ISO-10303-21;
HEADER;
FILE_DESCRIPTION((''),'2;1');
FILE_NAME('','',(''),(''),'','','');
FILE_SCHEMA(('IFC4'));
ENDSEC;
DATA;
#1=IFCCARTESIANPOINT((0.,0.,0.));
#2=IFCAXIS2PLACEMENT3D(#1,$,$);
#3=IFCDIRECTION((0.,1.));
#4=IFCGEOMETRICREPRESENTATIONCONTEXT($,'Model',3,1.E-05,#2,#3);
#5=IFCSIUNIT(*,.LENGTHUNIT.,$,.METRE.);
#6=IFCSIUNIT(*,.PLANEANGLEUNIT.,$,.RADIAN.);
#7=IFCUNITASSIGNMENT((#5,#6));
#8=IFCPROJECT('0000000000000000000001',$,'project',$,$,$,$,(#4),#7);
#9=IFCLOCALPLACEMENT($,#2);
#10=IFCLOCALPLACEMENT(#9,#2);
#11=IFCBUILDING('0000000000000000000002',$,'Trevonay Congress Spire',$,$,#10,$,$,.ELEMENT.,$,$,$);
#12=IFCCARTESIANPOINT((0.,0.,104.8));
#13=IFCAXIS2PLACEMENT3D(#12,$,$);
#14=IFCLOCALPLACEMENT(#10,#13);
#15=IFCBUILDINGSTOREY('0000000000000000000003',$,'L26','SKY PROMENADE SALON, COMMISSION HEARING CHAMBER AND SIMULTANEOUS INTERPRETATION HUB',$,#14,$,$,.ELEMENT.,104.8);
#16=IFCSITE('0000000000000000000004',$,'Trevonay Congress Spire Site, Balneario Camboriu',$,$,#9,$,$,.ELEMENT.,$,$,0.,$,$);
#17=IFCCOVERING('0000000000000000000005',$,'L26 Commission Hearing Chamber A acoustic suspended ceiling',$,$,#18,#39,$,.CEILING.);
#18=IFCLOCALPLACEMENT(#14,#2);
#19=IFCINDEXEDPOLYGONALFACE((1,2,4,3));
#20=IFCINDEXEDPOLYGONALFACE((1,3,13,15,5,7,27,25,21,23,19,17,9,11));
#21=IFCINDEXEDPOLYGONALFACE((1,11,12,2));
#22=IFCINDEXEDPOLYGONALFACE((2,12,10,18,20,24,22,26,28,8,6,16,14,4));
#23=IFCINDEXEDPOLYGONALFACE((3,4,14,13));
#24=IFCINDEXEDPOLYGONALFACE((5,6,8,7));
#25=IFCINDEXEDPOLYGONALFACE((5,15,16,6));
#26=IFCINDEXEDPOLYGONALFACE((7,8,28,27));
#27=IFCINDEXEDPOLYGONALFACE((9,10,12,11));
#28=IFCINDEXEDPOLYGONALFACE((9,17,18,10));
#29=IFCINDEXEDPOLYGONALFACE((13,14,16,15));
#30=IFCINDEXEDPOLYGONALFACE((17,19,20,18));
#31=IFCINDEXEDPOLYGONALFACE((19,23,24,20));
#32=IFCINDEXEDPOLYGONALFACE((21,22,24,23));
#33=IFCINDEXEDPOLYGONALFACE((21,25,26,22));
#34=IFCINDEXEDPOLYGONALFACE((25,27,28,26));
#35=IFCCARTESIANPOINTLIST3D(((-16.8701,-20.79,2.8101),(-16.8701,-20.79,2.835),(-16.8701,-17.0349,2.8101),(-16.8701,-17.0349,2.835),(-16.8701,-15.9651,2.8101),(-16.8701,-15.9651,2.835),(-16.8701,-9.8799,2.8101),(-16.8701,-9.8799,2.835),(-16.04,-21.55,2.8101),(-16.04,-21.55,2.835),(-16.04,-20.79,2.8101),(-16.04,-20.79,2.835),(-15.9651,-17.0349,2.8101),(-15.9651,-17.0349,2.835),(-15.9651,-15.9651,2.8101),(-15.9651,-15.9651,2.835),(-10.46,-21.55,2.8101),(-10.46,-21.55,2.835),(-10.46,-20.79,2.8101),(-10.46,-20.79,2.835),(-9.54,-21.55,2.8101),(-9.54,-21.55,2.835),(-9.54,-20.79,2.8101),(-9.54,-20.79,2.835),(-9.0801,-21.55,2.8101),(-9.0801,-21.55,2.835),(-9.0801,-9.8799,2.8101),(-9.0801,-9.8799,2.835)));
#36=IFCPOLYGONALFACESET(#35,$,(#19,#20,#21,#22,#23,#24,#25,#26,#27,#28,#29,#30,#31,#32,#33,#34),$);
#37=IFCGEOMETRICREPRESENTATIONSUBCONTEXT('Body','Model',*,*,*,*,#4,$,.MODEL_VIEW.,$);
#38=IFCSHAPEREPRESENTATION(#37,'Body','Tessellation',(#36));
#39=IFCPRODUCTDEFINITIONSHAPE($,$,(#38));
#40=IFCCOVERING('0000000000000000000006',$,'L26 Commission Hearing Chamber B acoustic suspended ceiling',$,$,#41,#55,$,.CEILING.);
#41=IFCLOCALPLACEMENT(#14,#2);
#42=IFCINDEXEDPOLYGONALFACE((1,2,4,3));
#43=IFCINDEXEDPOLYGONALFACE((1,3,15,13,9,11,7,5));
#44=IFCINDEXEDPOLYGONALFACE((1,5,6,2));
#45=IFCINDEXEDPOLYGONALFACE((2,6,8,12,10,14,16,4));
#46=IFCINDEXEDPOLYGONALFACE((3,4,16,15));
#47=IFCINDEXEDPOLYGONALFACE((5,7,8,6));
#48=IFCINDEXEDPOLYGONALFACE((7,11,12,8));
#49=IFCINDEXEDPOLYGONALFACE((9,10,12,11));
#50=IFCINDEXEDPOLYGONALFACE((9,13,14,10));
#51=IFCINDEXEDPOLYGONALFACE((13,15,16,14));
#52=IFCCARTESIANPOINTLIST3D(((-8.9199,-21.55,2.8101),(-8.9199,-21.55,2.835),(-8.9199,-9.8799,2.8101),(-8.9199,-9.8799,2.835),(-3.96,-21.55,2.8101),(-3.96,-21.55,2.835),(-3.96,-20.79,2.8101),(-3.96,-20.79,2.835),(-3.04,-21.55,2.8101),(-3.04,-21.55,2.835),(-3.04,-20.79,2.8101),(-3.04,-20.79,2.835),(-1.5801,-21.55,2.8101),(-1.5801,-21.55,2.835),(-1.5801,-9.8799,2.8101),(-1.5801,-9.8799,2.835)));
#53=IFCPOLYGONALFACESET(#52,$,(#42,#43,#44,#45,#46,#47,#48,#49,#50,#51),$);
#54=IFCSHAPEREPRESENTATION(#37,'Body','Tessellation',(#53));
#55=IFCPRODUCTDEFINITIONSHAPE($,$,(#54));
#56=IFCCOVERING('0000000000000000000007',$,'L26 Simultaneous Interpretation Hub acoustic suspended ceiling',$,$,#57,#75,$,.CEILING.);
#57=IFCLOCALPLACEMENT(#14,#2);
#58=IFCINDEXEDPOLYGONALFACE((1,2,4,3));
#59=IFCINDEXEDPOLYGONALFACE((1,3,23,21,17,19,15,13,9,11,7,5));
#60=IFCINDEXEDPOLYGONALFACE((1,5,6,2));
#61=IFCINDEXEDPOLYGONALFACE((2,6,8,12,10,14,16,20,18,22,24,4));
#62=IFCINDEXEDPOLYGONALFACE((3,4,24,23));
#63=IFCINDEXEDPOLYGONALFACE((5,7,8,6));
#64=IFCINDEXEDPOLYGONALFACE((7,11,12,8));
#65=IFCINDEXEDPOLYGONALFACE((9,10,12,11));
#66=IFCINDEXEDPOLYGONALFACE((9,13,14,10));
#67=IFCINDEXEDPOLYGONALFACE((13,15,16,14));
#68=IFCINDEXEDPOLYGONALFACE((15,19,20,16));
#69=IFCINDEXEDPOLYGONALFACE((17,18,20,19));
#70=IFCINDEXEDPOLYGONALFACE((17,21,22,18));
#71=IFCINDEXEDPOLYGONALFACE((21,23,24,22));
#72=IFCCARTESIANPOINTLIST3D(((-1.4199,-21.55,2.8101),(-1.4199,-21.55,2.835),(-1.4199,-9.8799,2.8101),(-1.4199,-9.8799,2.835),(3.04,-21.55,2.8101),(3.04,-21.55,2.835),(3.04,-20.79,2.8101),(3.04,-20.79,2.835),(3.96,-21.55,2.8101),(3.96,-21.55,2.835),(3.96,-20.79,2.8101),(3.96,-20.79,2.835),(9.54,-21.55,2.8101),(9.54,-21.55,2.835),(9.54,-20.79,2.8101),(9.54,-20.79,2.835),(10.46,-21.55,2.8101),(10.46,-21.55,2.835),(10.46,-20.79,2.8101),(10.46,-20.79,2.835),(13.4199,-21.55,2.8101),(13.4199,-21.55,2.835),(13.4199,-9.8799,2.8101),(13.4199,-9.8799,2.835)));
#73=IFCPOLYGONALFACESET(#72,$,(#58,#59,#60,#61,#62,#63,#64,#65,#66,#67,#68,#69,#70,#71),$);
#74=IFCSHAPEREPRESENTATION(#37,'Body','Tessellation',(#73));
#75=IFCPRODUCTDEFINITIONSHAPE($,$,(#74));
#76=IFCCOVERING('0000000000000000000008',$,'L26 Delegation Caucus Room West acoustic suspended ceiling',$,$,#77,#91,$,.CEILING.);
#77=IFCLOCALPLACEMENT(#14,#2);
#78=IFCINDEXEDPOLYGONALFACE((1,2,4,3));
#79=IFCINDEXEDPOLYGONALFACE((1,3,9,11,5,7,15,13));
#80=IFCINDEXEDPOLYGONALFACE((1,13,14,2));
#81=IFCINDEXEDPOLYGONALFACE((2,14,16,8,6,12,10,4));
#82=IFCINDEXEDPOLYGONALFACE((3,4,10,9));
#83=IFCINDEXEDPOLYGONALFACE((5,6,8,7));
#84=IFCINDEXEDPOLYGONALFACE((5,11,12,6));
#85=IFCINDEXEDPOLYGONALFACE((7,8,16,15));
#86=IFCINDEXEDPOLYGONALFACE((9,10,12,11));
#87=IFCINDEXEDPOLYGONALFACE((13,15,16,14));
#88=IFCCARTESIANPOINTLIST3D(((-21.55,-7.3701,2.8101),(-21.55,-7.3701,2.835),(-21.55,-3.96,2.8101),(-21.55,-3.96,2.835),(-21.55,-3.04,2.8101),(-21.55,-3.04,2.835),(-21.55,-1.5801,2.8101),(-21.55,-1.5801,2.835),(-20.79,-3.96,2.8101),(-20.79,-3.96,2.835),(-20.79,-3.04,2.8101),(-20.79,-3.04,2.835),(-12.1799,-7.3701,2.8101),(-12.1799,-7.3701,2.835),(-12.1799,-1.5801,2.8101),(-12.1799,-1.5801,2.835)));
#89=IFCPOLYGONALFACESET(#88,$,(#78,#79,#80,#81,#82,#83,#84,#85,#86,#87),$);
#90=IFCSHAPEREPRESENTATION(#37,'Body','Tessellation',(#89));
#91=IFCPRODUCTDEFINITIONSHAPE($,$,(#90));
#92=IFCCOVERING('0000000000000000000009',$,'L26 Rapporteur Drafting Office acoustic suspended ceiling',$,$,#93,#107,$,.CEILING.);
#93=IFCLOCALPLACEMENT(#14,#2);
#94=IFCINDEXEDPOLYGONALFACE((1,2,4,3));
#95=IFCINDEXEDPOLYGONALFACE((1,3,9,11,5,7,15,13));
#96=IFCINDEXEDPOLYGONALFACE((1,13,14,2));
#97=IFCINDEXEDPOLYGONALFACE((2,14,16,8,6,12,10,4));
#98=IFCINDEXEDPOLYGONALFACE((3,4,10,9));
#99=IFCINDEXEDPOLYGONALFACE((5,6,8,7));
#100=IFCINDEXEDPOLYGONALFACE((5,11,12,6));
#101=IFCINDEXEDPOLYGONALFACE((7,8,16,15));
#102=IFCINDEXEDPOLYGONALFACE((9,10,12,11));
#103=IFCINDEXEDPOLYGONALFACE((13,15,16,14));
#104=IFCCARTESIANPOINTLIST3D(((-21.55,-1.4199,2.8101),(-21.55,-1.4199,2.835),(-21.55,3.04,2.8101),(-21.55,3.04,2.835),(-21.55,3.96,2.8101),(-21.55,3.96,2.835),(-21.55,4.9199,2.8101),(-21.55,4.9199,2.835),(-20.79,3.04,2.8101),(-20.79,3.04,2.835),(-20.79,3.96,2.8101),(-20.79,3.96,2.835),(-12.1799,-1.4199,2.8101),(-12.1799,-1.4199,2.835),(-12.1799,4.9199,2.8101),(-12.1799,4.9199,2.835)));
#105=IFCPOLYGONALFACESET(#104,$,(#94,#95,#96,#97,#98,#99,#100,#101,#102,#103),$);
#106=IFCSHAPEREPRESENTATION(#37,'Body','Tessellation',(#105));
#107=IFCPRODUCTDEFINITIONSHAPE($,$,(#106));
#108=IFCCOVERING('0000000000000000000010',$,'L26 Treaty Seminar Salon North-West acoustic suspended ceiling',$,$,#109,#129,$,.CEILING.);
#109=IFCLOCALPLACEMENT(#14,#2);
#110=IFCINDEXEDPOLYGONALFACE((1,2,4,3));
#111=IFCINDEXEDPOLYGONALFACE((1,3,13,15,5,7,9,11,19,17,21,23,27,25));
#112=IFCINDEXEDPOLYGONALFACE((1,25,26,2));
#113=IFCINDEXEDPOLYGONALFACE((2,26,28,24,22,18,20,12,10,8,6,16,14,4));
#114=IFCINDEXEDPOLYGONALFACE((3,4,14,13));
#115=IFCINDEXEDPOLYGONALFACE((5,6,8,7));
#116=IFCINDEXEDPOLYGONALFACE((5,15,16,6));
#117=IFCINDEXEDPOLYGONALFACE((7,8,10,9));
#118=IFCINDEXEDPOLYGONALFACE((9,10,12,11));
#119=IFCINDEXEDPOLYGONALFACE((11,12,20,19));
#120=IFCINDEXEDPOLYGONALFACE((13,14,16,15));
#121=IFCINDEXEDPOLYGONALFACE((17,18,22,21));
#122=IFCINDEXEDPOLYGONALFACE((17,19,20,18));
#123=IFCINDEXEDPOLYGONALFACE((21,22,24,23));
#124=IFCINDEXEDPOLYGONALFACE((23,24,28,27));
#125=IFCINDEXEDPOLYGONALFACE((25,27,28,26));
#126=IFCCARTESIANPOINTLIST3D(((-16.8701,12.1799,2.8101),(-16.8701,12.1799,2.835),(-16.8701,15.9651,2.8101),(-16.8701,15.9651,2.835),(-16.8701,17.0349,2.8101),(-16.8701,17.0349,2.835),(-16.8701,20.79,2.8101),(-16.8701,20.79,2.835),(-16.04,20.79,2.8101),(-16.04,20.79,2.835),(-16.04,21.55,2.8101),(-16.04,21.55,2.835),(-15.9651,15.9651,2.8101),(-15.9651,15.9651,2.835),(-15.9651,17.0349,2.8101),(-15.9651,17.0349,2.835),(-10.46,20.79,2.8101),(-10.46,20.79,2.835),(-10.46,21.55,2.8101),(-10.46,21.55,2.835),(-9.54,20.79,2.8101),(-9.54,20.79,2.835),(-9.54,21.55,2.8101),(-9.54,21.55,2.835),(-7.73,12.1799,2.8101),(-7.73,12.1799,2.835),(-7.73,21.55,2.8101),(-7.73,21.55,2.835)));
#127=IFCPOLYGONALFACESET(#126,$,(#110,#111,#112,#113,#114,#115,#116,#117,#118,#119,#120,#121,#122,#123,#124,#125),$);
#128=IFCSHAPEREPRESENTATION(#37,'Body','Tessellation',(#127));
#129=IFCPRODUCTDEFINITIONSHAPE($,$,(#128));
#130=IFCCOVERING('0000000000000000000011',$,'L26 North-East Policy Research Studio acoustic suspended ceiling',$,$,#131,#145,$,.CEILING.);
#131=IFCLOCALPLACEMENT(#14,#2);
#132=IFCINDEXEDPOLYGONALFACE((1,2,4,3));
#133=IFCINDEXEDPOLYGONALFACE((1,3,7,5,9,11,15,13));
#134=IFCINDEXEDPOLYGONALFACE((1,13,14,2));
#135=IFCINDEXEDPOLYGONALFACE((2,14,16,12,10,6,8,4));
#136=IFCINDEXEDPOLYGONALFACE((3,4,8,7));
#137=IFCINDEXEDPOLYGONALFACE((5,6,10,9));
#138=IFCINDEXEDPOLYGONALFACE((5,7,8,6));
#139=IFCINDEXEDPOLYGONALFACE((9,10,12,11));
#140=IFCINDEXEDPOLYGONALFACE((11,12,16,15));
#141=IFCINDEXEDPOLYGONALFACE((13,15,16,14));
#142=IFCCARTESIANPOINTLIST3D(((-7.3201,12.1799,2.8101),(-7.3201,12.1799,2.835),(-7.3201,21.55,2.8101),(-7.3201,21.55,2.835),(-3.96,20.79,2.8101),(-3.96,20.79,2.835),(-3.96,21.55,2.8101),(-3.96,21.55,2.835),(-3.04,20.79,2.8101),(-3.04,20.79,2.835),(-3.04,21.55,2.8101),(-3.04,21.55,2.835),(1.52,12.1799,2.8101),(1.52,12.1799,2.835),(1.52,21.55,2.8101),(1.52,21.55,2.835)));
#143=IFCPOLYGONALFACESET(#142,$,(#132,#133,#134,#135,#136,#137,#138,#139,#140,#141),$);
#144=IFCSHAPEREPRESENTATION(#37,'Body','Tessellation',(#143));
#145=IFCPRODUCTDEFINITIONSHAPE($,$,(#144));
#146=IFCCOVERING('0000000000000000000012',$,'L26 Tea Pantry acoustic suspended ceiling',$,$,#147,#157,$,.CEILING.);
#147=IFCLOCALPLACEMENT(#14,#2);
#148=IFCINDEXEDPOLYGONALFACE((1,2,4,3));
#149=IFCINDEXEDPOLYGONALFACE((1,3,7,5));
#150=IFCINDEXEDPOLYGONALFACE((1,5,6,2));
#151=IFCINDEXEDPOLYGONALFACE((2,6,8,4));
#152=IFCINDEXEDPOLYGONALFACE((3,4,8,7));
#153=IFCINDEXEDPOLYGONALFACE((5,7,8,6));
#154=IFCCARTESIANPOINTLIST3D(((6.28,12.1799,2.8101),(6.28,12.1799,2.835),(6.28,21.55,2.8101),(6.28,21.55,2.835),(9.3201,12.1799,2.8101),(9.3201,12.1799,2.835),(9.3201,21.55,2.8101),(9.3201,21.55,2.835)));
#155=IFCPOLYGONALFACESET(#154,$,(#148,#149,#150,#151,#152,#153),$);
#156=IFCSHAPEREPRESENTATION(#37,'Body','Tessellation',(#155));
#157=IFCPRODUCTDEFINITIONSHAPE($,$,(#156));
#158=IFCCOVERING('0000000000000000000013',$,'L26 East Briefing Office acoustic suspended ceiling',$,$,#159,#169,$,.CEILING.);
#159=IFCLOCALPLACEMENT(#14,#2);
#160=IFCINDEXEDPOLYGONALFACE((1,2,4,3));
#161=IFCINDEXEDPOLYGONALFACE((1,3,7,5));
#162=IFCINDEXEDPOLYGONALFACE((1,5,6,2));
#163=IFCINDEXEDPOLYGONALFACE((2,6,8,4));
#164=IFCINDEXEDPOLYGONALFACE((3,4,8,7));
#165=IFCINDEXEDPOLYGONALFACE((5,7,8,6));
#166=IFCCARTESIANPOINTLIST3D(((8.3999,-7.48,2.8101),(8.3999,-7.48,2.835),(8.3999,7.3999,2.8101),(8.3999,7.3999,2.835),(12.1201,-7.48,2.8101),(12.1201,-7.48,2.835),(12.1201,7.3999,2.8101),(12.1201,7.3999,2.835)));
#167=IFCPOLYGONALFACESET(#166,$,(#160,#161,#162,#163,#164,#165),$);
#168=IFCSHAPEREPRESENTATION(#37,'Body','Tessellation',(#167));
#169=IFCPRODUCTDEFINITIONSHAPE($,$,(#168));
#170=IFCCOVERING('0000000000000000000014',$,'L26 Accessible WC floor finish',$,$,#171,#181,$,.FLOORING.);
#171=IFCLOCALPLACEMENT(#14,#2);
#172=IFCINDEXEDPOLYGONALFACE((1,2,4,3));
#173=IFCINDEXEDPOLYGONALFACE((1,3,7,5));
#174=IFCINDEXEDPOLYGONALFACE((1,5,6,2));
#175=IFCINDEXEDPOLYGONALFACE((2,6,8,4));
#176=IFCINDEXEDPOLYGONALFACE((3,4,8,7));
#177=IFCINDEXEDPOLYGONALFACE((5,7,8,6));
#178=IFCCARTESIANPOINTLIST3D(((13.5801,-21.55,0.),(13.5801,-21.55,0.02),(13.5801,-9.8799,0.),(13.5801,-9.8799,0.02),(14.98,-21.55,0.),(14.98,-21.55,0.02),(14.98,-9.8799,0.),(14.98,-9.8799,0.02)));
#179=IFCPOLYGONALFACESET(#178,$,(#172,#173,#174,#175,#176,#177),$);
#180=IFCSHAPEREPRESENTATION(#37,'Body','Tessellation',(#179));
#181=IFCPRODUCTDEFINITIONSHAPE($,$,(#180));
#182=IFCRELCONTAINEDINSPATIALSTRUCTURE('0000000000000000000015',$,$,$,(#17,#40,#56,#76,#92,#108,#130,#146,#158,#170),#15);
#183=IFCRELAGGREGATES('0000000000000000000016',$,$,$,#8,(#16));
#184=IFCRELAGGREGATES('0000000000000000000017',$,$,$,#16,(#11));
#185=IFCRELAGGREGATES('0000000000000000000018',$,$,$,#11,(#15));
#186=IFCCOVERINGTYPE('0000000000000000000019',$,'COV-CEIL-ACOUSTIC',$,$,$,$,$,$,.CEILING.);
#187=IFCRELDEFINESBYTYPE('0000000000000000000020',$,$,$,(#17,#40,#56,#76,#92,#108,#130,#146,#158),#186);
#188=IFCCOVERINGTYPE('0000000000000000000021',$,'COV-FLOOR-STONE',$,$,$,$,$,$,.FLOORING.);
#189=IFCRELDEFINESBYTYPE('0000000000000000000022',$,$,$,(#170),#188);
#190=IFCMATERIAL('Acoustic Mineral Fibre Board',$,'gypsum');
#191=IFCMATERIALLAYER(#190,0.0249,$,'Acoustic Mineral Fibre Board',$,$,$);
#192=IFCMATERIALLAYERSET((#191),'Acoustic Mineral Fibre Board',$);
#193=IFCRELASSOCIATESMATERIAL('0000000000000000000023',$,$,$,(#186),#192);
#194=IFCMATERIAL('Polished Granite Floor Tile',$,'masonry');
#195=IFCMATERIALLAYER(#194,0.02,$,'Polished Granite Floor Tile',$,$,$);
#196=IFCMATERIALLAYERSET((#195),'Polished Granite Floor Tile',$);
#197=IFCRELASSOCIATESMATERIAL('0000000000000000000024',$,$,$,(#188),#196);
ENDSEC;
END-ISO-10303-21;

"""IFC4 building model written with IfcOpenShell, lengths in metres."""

from ifc_helpers import new_model, si_unit, direction, frame, origin, place, context, subcontext, project, spatial, polyline, outline, extrude, material, layer, layer_set, type_object, element, save


model = new_model("IFC4")

# Units and contexts
model_context = context("Model", 3, precision=1e-05, world=origin(), true_north=direction((0.0, 1.0)))
body_context = subcontext(model_context, "Body", "Model", "MODEL_VIEW")
ifc_project = project(units=[si_unit("LENGTHUNIT", "METRE"), si_unit("PLANEANGLEUNIT", "RADIAN")], contexts=[model_context])

# Site, building, storey
site_placement = place(None, origin())
site = spatial("IfcSite", under=ifc_project, at=site_placement, Name="Trevonay Congress Spire Site, Balneario Camboriu", CompositionType="ELEMENT", RefElevation=0.0)
building_placement = place(site_placement, origin())
building = spatial("IfcBuilding", under=site, at=building_placement, Name="Trevonay Congress Spire", CompositionType="ELEMENT")
storey_placement = place(building_placement, frame((0.0, 0.0, 104.8)))
storey = spatial("IfcBuildingStorey", under=building, at=storey_placement, Name="L26", Description="SKY PROMENADE SALON, COMMISSION HEARING CHAMBER AND SIMULTANEOUS INTERPRETATION HUB", CompositionType="ELEMENT", Elevation=104.8)

# Coverings
ifc_material_1 = material(Name="Acoustic Mineral Fibre Board", Category="gypsum")
ifc_layer_1 = layer(ifc_material_1, 0.0249, Name="Acoustic Mineral Fibre Board")
ifc_layer_set_1 = layer_set([ifc_layer_1], Name="Acoustic Mineral Fibre Board")
covering_type_1 = type_object("IfcCoveringType", Name="COV-CEIL-ACOUSTIC", PredefinedType="CEILING", material=ifc_layer_set_1)
covering_1_placement = place(storey_placement, frame((0.0, 0.0, 2.8101)))
element("IfcCovering", 1, at=covering_1_placement, inside=storey, type_object=covering_type_1, Name="L26 Commission Hearing Chamber A acoustic suspended ceiling", PredefinedType="CEILING", context=body_context, shape_type="SweptSolid", body=[
    extrude(outline(polyline([(-16.04, -21.55), (-16.04, -20.79), (-16.8701, -20.79), (-16.8701, -17.0349), (-15.9651, -17.0349), (-15.9651, -15.9651), (-16.8701, -15.9651), (-16.8701, -9.8799), (-9.0801, -9.8799), (-9.0801, -21.55), (-9.54, -21.55), (-9.54, -20.79), (-10.46, -20.79), (-10.46, -21.55), (-16.04, -21.55)])), origin(), (0.0, 0.0, 1.0), 0.0249),
])
covering_2_placement = place(storey_placement, frame((0.0, 0.0, 2.8101)))
element("IfcCovering", 2, at=covering_2_placement, inside=storey, type_object=covering_type_1, Name="L26 Commission Hearing Chamber B acoustic suspended ceiling", PredefinedType="CEILING", context=body_context, shape_type="SweptSolid", body=[
    extrude(outline(polyline([(-8.9199, -21.55), (-8.9199, -9.8799), (-1.5801, -9.8799), (-1.5801, -21.55), (-3.04, -21.55), (-3.04, -20.79), (-3.96, -20.79), (-3.96, -21.55), (-8.9199, -21.55)])), origin(), (0.0, 0.0, 1.0), 0.0249),
])
covering_3_placement = place(storey_placement, frame((0.0, 0.0, 2.8101)))
element("IfcCovering", 3, at=covering_3_placement, inside=storey, type_object=covering_type_1, Name="L26 Simultaneous Interpretation Hub acoustic suspended ceiling", PredefinedType="CEILING", context=body_context, shape_type="SweptSolid", body=[
    extrude(outline(polyline([(-1.4199, -21.55), (-1.4199, -9.8799), (13.4199, -9.8799), (13.4199, -21.55), (10.46, -21.55), (10.46, -20.79), (9.54, -20.79), (9.54, -21.55), (3.96, -21.55), (3.96, -20.79), (3.04, -20.79), (3.04, -21.55), (-1.4199, -21.55)])), origin(), (0.0, 0.0, 1.0), 0.0249),
])
covering_4_placement = place(storey_placement, frame((0.0, 0.0, 2.8101)))
element("IfcCovering", 4, at=covering_4_placement, inside=storey, type_object=covering_type_1, Name="L26 Delegation Caucus Room West acoustic suspended ceiling", PredefinedType="CEILING", context=body_context, shape_type="SweptSolid", body=[
    extrude(outline(polyline([(-21.55, -1.5801), (-12.1799, -1.5801), (-12.1799, -7.3701), (-21.55, -7.3701), (-21.55, -3.96), (-20.79, -3.96), (-20.79, -3.04), (-21.55, -3.04), (-21.55, -1.5801)])), origin(), (0.0, 0.0, 1.0), 0.0249),
])
covering_5_placement = place(storey_placement, frame((0.0, 0.0, 2.8101)))
element("IfcCovering", 5, at=covering_5_placement, inside=storey, type_object=covering_type_1, Name="L26 Rapporteur Drafting Office acoustic suspended ceiling", PredefinedType="CEILING", context=body_context, shape_type="SweptSolid", body=[
    extrude(outline(polyline([(-21.55, 4.9199), (-12.1799, 4.9199), (-12.1799, -1.4199), (-21.55, -1.4199), (-21.55, 3.04), (-20.79, 3.04), (-20.79, 3.96), (-21.55, 3.96), (-21.55, 4.9199)])), origin(), (0.0, 0.0, 1.0), 0.0249),
])
covering_6_placement = place(storey_placement, frame((0.0, 0.0, 2.8101)))
element("IfcCovering", 6, at=covering_6_placement, inside=storey, type_object=covering_type_1, Name="L26 Treaty Seminar Salon North-West acoustic suspended ceiling", PredefinedType="CEILING", context=body_context, shape_type="SweptSolid", body=[
    extrude(outline(polyline([(-7.73, 21.55), (-7.73, 12.1799), (-16.8701, 12.1799), (-16.8701, 15.9651), (-15.9651, 15.9651), (-15.9651, 17.0349), (-16.8701, 17.0349), (-16.8701, 20.79), (-16.04, 20.79), (-16.04, 21.55), (-10.46, 21.55), (-10.46, 20.79), (-9.54, 20.79), (-9.54, 21.55), (-7.73, 21.55)])), origin(), (0.0, 0.0, 1.0), 0.0249),
])
covering_7_placement = place(storey_placement, frame((0.0, 0.0, 2.8101)))
element("IfcCovering", 7, at=covering_7_placement, inside=storey, type_object=covering_type_1, Name="L26 North-East Policy Research Studio acoustic suspended ceiling", PredefinedType="CEILING", context=body_context, shape_type="SweptSolid", body=[
    extrude(outline(polyline([(1.52, 21.55), (1.52, 12.1799), (-7.3201, 12.1799), (-7.3201, 21.55), (-3.96, 21.55), (-3.96, 20.79), (-3.04, 20.79), (-3.04, 21.55), (1.52, 21.55)])), origin(), (0.0, 0.0, 1.0), 0.0249),
])
covering_8_placement = place(storey_placement, frame((0.0, 0.0, 2.8101)))
element("IfcCovering", 8, at=covering_8_placement, inside=storey, type_object=covering_type_1, Name="L26 Tea Pantry acoustic suspended ceiling", PredefinedType="CEILING", context=body_context, shape_type="SweptSolid", body=[
    extrude(outline(polyline([(6.28, 12.1799), (9.3201, 12.1799), (9.3201, 21.55), (6.28, 21.55), (6.28, 12.1799)])), origin(), (0.0, 0.0, 1.0), 0.0249),
])
covering_9_placement = place(storey_placement, frame((0.0, 0.0, 2.8101)))
element("IfcCovering", 9, at=covering_9_placement, inside=storey, type_object=covering_type_1, Name="L26 East Briefing Office acoustic suspended ceiling", PredefinedType="CEILING", context=body_context, shape_type="SweptSolid", body=[
    extrude(outline(polyline([(8.3999, -7.48), (12.1201, -7.48), (12.1201, 7.3999), (8.3999, 7.3999), (8.3999, -7.48)])), origin(), (0.0, 0.0, 1.0), 0.0249),
])
ifc_material_2 = material(Name="Polished Granite Floor Tile", Category="masonry")
ifc_layer_2 = layer(ifc_material_2, 0.02, Name="Polished Granite Floor Tile")
ifc_layer_set_2 = layer_set([ifc_layer_2], Name="Polished Granite Floor Tile")
covering_type_2 = type_object("IfcCoveringType", Name="COV-FLOOR-STONE", PredefinedType="FLOORING", material=ifc_layer_set_2)
covering_10_placement = place(storey_placement, origin())
element("IfcCovering", 10, at=covering_10_placement, inside=storey, type_object=covering_type_2, Name="L26 Accessible WC floor finish", PredefinedType="FLOORING", context=body_context, shape_type="SweptSolid", body=[
    extrude(outline(polyline([(13.5801, -21.55), (14.98, -21.55), (14.98, -9.8799), (13.5801, -9.8799), (13.5801, -21.55)])), origin(), (0.0, 0.0, 1.0), 0.02),
])

save(model, "model.ifc")
